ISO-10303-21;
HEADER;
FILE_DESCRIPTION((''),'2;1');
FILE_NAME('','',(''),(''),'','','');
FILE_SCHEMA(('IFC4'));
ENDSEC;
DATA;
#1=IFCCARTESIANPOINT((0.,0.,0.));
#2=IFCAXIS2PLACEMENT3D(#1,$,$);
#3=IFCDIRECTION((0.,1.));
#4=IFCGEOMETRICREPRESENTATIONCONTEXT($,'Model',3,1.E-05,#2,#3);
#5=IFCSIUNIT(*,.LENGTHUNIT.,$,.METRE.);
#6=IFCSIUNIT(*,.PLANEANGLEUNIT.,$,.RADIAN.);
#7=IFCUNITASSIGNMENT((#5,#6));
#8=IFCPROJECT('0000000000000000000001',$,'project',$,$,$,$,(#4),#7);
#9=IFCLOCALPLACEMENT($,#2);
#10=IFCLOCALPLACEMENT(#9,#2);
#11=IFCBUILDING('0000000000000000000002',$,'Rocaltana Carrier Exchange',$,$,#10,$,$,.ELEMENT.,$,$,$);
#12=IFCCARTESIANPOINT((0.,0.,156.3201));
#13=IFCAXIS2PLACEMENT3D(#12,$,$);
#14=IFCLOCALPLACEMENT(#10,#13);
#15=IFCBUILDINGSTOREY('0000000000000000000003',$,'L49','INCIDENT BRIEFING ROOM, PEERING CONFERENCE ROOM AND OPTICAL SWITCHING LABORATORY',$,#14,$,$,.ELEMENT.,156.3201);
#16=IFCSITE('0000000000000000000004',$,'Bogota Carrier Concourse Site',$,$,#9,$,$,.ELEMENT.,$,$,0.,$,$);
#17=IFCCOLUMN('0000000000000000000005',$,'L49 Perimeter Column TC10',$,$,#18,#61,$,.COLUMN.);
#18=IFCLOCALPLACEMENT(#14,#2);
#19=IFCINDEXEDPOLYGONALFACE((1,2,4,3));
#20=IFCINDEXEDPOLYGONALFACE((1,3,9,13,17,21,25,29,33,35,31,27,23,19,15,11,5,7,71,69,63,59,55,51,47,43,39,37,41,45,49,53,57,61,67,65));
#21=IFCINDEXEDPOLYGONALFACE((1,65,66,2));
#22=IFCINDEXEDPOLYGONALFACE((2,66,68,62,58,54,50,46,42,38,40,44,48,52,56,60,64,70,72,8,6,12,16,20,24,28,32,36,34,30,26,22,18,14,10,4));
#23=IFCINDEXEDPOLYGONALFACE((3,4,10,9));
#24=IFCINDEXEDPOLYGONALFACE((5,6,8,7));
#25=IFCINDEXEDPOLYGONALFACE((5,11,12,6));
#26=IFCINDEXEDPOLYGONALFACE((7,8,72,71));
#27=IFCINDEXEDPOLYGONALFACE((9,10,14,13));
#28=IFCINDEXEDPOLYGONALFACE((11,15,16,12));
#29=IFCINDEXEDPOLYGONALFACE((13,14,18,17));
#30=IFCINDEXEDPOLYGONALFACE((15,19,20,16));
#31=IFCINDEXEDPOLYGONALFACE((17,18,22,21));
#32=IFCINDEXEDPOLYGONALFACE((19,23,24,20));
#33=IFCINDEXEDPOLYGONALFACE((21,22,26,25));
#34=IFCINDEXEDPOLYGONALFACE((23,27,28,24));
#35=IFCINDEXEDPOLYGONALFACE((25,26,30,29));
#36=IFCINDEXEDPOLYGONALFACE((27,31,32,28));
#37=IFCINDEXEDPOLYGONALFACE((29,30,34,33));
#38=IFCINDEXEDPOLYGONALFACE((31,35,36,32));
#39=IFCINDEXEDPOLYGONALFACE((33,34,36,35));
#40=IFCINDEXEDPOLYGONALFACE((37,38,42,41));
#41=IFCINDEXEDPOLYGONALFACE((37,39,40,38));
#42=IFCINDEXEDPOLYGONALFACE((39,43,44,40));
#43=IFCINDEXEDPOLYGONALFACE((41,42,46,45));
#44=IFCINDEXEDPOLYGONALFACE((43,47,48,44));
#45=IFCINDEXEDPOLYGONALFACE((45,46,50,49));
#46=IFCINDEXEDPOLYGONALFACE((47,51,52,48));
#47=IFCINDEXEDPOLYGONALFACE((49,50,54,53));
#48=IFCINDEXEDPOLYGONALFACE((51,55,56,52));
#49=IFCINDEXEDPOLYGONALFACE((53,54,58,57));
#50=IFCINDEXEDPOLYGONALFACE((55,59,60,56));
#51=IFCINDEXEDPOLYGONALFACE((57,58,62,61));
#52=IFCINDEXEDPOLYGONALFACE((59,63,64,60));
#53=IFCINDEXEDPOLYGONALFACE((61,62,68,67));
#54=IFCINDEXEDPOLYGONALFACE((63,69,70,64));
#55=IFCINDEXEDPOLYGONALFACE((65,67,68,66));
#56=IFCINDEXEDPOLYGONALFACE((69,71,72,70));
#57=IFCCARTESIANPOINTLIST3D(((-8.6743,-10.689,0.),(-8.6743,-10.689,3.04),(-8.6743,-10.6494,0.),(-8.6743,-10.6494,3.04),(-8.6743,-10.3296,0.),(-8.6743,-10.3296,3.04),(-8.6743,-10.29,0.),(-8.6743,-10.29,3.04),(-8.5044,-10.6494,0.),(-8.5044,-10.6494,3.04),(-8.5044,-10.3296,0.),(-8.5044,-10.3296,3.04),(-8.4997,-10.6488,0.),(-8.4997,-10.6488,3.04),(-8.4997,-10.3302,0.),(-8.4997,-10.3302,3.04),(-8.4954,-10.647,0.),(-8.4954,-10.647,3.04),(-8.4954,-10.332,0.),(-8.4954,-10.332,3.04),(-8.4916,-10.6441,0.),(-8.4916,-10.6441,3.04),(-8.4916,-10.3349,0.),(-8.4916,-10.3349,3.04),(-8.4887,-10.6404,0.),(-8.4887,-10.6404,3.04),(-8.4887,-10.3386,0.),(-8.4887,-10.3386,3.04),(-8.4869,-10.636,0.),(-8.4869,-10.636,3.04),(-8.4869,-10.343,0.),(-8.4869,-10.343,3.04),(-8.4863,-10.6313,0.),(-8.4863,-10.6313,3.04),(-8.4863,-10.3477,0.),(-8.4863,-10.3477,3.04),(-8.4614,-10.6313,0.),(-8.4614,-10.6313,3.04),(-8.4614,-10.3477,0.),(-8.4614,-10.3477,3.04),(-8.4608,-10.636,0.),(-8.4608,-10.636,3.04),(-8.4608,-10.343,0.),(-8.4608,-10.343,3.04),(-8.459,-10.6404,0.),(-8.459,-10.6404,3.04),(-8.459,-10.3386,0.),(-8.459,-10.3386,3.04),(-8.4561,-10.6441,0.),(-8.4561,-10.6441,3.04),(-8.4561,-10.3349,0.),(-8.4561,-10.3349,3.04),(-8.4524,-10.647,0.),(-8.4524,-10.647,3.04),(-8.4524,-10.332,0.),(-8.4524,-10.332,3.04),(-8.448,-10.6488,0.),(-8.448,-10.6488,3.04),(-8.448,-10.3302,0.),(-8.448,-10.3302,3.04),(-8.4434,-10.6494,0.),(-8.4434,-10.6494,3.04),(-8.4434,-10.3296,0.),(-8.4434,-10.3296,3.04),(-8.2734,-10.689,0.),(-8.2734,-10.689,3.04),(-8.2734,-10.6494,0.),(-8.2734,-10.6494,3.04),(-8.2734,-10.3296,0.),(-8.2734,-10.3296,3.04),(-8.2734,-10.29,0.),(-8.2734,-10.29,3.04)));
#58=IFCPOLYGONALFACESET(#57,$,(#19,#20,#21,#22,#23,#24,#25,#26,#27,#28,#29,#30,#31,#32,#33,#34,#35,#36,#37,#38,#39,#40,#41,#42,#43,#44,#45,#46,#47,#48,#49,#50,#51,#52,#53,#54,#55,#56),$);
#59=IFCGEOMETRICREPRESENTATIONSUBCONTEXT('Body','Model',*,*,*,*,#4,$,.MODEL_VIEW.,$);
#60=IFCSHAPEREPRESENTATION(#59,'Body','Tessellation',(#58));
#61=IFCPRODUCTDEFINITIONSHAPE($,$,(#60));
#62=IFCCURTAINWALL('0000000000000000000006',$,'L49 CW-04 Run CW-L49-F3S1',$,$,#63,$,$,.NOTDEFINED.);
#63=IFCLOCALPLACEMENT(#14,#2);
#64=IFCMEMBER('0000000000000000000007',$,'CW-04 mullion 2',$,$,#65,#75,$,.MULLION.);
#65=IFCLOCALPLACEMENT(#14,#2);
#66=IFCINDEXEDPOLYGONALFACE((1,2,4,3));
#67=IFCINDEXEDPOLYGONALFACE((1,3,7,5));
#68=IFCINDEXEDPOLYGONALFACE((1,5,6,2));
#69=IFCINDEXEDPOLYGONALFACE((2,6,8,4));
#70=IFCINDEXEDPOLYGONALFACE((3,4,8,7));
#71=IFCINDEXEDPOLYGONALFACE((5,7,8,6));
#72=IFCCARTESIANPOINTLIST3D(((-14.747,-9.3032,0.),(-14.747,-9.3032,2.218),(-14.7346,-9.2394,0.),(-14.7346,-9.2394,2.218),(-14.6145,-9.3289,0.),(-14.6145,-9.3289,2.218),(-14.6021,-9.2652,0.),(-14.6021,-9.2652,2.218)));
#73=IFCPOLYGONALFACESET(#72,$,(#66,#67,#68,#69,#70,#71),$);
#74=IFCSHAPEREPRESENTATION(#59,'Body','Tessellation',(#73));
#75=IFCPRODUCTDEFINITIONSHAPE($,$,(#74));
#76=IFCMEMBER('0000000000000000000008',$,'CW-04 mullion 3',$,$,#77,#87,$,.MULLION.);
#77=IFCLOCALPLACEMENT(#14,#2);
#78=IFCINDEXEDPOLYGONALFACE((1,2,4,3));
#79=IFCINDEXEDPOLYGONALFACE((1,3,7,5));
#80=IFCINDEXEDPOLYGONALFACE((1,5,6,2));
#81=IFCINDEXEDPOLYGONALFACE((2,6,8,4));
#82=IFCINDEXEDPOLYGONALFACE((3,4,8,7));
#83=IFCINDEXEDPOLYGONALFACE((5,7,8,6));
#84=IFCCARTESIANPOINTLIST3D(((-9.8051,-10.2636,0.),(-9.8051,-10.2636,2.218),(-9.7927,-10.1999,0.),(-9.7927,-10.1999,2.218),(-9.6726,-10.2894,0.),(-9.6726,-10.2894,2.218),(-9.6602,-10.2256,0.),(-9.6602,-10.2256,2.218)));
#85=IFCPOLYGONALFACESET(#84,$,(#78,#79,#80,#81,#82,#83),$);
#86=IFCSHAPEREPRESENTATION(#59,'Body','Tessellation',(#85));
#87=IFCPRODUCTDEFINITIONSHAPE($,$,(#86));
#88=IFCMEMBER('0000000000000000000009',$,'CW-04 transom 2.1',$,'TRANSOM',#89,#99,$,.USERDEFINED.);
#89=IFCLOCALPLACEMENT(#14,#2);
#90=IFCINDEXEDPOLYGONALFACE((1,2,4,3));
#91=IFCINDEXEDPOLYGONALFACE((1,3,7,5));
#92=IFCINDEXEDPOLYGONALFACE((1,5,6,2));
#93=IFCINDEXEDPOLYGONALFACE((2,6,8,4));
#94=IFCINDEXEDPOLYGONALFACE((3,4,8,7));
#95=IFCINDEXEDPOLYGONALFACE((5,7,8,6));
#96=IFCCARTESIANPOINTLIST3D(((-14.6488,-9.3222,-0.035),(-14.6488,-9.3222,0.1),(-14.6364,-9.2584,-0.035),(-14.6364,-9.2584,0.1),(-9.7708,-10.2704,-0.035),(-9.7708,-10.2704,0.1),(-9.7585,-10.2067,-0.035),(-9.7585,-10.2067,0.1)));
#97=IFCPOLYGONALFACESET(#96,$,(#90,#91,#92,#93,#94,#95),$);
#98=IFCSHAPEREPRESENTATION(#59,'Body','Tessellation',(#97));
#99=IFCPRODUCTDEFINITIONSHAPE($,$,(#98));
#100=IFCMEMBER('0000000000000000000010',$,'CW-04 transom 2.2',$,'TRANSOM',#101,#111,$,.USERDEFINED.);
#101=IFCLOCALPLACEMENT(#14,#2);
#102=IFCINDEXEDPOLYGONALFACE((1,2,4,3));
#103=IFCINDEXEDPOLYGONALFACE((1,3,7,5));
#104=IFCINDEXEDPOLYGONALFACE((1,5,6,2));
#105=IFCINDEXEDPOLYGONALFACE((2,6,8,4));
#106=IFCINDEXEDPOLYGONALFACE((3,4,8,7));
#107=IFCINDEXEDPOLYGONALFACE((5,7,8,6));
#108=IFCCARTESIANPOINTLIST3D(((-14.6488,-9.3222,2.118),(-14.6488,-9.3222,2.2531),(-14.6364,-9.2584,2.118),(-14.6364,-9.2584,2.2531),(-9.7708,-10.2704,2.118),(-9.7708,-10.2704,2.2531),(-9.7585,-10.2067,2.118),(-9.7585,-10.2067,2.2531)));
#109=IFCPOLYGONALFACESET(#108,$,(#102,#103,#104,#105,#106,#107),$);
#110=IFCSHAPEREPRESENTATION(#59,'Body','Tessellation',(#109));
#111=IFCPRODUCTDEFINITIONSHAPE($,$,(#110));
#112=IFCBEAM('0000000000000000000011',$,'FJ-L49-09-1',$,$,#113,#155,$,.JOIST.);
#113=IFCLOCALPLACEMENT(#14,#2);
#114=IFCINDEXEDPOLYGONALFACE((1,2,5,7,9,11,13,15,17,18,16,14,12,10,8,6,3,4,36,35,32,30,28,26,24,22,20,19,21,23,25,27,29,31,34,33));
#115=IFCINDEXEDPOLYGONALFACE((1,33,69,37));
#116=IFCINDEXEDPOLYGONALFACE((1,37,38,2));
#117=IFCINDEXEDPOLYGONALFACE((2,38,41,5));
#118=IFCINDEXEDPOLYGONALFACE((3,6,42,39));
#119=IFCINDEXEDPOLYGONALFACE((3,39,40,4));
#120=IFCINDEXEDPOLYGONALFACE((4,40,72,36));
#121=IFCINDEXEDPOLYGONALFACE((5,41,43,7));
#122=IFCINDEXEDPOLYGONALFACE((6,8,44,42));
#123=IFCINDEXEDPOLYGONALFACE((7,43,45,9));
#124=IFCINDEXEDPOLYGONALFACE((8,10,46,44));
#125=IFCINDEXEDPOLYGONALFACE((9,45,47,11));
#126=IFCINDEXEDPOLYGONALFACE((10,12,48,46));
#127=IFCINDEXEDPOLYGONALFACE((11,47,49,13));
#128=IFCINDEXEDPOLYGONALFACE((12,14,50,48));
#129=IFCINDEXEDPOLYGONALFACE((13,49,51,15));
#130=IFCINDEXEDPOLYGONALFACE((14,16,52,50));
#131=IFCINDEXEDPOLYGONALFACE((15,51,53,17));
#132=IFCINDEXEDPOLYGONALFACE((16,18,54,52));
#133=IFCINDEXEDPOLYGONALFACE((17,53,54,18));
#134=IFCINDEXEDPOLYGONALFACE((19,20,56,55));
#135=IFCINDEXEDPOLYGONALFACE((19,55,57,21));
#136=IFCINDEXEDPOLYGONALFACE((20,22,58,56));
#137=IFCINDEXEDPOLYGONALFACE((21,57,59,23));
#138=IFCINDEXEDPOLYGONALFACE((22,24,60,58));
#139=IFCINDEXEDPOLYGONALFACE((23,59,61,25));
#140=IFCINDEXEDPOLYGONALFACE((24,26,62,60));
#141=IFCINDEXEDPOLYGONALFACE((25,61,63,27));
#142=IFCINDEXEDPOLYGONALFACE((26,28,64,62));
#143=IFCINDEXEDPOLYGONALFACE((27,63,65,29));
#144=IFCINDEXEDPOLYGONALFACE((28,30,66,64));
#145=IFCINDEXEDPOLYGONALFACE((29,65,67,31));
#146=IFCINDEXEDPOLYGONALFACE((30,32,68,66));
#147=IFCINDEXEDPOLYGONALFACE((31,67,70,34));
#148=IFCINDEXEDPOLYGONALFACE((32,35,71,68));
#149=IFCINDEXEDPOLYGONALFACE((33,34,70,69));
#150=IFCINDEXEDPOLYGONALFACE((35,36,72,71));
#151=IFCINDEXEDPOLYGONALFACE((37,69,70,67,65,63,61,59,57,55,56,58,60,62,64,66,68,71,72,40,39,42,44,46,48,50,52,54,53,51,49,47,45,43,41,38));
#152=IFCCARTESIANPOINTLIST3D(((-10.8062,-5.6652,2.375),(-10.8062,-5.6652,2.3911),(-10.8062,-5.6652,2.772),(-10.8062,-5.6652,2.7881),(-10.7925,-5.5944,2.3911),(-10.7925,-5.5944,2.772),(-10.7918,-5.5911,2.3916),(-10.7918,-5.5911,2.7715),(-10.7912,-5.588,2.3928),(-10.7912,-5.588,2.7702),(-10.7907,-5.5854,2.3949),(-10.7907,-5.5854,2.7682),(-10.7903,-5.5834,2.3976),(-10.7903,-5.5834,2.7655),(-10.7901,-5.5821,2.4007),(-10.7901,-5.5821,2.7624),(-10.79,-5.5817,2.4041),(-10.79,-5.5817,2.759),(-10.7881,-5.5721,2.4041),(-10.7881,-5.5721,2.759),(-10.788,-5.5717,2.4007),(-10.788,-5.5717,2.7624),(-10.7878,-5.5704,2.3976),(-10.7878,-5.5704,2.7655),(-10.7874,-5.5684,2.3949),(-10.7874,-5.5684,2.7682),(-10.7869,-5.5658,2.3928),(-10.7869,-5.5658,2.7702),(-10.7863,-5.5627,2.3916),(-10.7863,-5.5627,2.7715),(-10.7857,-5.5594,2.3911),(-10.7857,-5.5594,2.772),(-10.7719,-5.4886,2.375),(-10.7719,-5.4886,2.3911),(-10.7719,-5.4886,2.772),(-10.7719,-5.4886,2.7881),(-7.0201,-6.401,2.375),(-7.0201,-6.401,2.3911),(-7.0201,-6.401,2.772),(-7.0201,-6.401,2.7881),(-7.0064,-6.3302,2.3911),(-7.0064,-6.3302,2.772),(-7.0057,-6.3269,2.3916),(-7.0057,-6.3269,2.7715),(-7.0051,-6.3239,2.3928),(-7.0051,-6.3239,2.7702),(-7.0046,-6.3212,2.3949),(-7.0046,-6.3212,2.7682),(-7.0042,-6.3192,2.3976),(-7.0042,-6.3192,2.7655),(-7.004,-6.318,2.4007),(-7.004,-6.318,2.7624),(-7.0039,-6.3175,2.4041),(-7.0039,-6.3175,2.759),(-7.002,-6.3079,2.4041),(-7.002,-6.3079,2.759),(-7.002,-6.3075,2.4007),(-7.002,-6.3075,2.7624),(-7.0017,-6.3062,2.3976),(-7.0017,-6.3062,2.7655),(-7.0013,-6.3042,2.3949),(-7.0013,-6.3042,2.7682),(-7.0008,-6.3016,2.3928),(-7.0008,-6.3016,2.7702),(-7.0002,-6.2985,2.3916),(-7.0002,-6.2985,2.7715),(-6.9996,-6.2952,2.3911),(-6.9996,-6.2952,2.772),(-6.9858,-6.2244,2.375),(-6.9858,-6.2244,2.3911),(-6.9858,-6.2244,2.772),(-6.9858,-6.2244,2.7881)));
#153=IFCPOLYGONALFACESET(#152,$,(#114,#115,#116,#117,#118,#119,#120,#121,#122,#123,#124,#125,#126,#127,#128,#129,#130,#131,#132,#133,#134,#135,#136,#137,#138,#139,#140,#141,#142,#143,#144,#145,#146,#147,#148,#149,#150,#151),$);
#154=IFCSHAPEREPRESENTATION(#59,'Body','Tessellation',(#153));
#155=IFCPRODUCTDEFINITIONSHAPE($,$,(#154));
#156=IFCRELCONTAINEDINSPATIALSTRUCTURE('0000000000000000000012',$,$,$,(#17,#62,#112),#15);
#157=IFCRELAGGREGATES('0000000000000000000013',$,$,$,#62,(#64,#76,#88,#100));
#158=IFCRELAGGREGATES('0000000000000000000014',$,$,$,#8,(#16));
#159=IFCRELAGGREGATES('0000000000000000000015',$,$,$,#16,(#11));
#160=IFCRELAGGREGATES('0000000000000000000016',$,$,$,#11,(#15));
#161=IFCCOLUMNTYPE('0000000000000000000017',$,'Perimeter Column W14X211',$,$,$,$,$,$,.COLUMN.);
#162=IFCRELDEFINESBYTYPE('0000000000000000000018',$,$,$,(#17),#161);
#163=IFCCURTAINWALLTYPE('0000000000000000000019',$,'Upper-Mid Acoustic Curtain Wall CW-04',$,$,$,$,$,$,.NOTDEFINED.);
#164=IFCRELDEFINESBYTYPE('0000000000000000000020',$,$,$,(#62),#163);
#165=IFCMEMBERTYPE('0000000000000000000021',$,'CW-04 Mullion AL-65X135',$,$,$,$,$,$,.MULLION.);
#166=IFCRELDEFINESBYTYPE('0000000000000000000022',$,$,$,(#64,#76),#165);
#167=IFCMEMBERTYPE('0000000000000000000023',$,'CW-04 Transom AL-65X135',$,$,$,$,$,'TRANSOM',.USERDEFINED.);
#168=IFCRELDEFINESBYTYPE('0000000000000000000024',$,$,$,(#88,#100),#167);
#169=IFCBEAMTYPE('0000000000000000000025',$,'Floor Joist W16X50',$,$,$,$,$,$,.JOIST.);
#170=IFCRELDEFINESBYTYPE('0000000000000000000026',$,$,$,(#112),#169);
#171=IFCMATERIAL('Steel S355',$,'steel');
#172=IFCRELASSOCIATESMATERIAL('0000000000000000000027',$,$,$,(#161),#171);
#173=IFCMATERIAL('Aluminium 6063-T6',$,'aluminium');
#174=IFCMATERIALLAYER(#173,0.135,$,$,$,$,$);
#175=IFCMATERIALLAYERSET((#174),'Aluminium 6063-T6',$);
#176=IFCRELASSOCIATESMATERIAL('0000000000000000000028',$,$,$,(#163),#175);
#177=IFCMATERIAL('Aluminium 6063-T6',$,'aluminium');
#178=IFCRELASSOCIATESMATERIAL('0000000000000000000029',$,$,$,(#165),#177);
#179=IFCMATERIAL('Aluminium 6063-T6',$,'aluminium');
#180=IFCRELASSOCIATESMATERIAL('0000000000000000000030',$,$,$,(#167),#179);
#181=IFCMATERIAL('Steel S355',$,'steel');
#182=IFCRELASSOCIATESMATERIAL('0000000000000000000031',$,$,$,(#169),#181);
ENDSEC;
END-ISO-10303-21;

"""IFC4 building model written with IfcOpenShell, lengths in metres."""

from ifc_helpers import new_model, si_unit, direction, frame, origin, origin_2d, place, context, subcontext, project, spatial, rectangle, i_section, extrude, material, layer, layer_set, material_profile, profile_set, type_object, element, aggregate, save


model = new_model("IFC4")

# Units and contexts
model_context = context("Model", 3, precision=1e-05, world=origin(), true_north=direction((0.0, 1.0)))
body_context = subcontext(model_context, "Body", "Model", "MODEL_VIEW")
ifc_project = project(units=[si_unit("LENGTHUNIT", "METRE"), si_unit("PLANEANGLEUNIT", "RADIAN")], contexts=[model_context])

# Site, building, storey
site_placement = place(None, origin())
site = spatial("IfcSite", under=ifc_project, at=site_placement, Name="Bogota Carrier Concourse Site", CompositionType="ELEMENT", RefElevation=0.0)
building_placement = place(site_placement, origin())
building = spatial("IfcBuilding", under=site, at=building_placement, Name="Rocaltana Carrier Exchange", CompositionType="ELEMENT")
storey_placement = place(building_placement, frame((0.0, 0.0, 156.3201)))
storey = spatial("IfcBuildingStorey", under=building, at=storey_placement, Name="L49", Description="INCIDENT BRIEFING ROOM, PEERING CONFERENCE ROOM AND OPTICAL SWITCHING LABORATORY", CompositionType="ELEMENT", Elevation=156.3201)

# Column
ifc_material_1 = material(Name="Steel S355", Category="steel")
ifc_material_profile_1 = material_profile(ifc_material_1, i_section(OverallWidth=0.4009, OverallDepth=0.3989, WebThickness=0.0249, FlangeThickness=0.0396, FilletRadius=0.0181, at=origin_2d()), Name="W14X211")
ifc_profile_set_1 = profile_set([ifc_material_profile_1], Name="Steel S355")
column_type = type_object("IfcColumnType", Name="Perimeter Column W14X211", PredefinedType="COLUMN", material=ifc_profile_set_1)
column_placement = place(storey_placement, frame((-8.4739, -10.4895, 0.0), z_axis=(0.0, 0.0, 1.0), x_axis=(1.0, 0.0, 0.0)))
element("IfcColumn", 1, at=column_placement, inside=storey, type_object=column_type, Name="L49 Perimeter Column TC10", PredefinedType="COLUMN", context=body_context, shape_type="SweptSolid", body=[
    extrude(i_section(OverallWidth=0.4009, OverallDepth=0.3989, WebThickness=0.0249, FlangeThickness=0.0396, FilletRadius=0.0181, at=origin_2d()), origin(), (0.0, 0.0, 1.0), 3.04),
])

# Curtain wall, members
ifc_material_2 = material(Name="Aluminium 6063-T6", Category="aluminium")
ifc_layer_1 = layer(ifc_material_2, 0.135)
ifc_layer_set_1 = layer_set([ifc_layer_1], Name="Aluminium 6063-T6")
curtain_wall_type = type_object("IfcCurtainWallType", Name="Upper-Mid Acoustic Curtain Wall CW-04", PredefinedType="NOTDEFINED", material=ifc_layer_set_1)
curtain_wall_placement = place(storey_placement, origin())
curtain_wall = element("IfcCurtainWall", 2, at=curtain_wall_placement, inside=storey, type_object=curtain_wall_type, Name="L49 CW-04 Run CW-L49-F3S1", PredefinedType="NOTDEFINED")
ifc_material_3 = material(Name="Aluminium 6063-T6", Category="aluminium")
ifc_material_profile_2 = material_profile(ifc_material_3, rectangle(XDim=0.0649, YDim=0.135, at=origin_2d()), Name="AL-65X135")
ifc_profile_set_2 = profile_set([ifc_material_profile_2], Name="Aluminium 6063-T6")
member_type_1 = type_object("IfcMemberType", Name="CW-04 Mullion AL-65X135", PredefinedType="MULLION", material=ifc_profile_set_2)
member_1_placement = place(storey_placement, frame((-14.6746, -9.2842, 0.0), z_axis=(0.0, 0.0, 1.0), x_axis=(0.190803, 0.981628, 0.0)))
member_1 = element("IfcMember", 3, at=member_1_placement, type_object=member_type_1, Name="CW-04 mullion 2", PredefinedType="MULLION", context=body_context, shape_type="SweptSolid", body=[
    extrude(rectangle(XDim=0.0649, YDim=0.135, at=origin_2d()), origin(), (0.0, 0.0, 1.0), 2.218),
])
member_2_placement = place(storey_placement, frame((-9.7327, -10.2446, 0.0), z_axis=(0.0, 0.0, 1.0), x_axis=(0.190803, 0.981628, 0.0)))
member_2 = element("IfcMember", 4, at=member_2_placement, type_object=member_type_1, Name="CW-04 mullion 3", PredefinedType="MULLION", context=body_context, shape_type="SweptSolid", body=[
    extrude(rectangle(XDim=0.0649, YDim=0.135, at=origin_2d()), origin(), (0.0, 0.0, 1.0), 2.218),
])
ifc_material_4 = material(Name="Aluminium 6063-T6", Category="aluminium")
ifc_material_profile_3 = material_profile(ifc_material_4, rectangle(XDim=0.0649, YDim=0.135, at=origin_2d()), Name="AL-65X135")
ifc_profile_set_3 = profile_set([ifc_material_profile_3], Name="Aluminium 6063-T6")
member_type_2 = type_object("IfcMemberType", Name="CW-04 Transom AL-65X135", ElementType="TRANSOM", PredefinedType="USERDEFINED", material=ifc_profile_set_3)
member_3_placement = place(storey_placement, frame((-14.6426, -9.2903, 0.0325), z_axis=(0.981625, -0.190822, 0.0), x_axis=(0.190822, 0.981625, 0.0)))
member_3 = element("IfcMember", 5, at=member_3_placement, type_object=member_type_2, Name="CW-04 transom 2.1", ObjectType="TRANSOM", PredefinedType="USERDEFINED", context=body_context, shape_type="SweptSolid", body=[
    extrude(rectangle(XDim=0.0649, YDim=0.135, at=origin_2d()), origin(), (0.0, 0.0, 1.0), 4.9692),
])
member_4_placement = place(storey_placement, frame((-14.6426, -9.2903, 2.1855), z_axis=(0.981625, -0.190822, 0.0), x_axis=(0.190822, 0.981625, 0.0)))
member_4 = element("IfcMember", 6, at=member_4_placement, type_object=member_type_2, Name="CW-04 transom 2.2", ObjectType="TRANSOM", PredefinedType="USERDEFINED", context=body_context, shape_type="SweptSolid", body=[
    extrude(rectangle(XDim=0.0649, YDim=0.135, at=origin_2d()), origin(), (0.0, 0.0, 1.0), 4.9692),
])

# Beam
ifc_material_5 = material(Name="Steel S355", Category="steel")
ifc_material_profile_4 = material_profile(ifc_material_5, i_section(OverallWidth=0.1799, OverallDepth=0.4131, WebThickness=0.0098, FlangeThickness=0.0161, FilletRadius=0.0129, at=origin_2d()), Name="W16X50")
ifc_profile_set_4 = profile_set([ifc_material_profile_4], Name="Steel S355")
beam_type_1 = type_object("IfcBeamType", Name="Floor Joist W16X50", PredefinedType="JOIST", material=ifc_profile_set_4)
beam_1_placement = place(storey_placement, frame((-10.7891, -5.5769, 2.5815), z_axis=(0.981633, -0.190782, 0.0), x_axis=(0.190782, 0.981633, 0.0)))
element("IfcBeam", 7, at=beam_1_placement, inside=storey, type_object=beam_type_1, Name="FJ-L49-09-1", PredefinedType="JOIST", context=body_context, shape_type="SweptSolid", body=[
    extrude(i_section(OverallWidth=0.1799, OverallDepth=0.4131, WebThickness=0.0098, FlangeThickness=0.0161, FilletRadius=0.0129, at=origin_2d()), origin(), (0.0, 0.0, 1.0), 3.8569),
])

aggregate(curtain_wall, [member_1, member_2, member_3, member_4])

save(model, "model.ifc")
